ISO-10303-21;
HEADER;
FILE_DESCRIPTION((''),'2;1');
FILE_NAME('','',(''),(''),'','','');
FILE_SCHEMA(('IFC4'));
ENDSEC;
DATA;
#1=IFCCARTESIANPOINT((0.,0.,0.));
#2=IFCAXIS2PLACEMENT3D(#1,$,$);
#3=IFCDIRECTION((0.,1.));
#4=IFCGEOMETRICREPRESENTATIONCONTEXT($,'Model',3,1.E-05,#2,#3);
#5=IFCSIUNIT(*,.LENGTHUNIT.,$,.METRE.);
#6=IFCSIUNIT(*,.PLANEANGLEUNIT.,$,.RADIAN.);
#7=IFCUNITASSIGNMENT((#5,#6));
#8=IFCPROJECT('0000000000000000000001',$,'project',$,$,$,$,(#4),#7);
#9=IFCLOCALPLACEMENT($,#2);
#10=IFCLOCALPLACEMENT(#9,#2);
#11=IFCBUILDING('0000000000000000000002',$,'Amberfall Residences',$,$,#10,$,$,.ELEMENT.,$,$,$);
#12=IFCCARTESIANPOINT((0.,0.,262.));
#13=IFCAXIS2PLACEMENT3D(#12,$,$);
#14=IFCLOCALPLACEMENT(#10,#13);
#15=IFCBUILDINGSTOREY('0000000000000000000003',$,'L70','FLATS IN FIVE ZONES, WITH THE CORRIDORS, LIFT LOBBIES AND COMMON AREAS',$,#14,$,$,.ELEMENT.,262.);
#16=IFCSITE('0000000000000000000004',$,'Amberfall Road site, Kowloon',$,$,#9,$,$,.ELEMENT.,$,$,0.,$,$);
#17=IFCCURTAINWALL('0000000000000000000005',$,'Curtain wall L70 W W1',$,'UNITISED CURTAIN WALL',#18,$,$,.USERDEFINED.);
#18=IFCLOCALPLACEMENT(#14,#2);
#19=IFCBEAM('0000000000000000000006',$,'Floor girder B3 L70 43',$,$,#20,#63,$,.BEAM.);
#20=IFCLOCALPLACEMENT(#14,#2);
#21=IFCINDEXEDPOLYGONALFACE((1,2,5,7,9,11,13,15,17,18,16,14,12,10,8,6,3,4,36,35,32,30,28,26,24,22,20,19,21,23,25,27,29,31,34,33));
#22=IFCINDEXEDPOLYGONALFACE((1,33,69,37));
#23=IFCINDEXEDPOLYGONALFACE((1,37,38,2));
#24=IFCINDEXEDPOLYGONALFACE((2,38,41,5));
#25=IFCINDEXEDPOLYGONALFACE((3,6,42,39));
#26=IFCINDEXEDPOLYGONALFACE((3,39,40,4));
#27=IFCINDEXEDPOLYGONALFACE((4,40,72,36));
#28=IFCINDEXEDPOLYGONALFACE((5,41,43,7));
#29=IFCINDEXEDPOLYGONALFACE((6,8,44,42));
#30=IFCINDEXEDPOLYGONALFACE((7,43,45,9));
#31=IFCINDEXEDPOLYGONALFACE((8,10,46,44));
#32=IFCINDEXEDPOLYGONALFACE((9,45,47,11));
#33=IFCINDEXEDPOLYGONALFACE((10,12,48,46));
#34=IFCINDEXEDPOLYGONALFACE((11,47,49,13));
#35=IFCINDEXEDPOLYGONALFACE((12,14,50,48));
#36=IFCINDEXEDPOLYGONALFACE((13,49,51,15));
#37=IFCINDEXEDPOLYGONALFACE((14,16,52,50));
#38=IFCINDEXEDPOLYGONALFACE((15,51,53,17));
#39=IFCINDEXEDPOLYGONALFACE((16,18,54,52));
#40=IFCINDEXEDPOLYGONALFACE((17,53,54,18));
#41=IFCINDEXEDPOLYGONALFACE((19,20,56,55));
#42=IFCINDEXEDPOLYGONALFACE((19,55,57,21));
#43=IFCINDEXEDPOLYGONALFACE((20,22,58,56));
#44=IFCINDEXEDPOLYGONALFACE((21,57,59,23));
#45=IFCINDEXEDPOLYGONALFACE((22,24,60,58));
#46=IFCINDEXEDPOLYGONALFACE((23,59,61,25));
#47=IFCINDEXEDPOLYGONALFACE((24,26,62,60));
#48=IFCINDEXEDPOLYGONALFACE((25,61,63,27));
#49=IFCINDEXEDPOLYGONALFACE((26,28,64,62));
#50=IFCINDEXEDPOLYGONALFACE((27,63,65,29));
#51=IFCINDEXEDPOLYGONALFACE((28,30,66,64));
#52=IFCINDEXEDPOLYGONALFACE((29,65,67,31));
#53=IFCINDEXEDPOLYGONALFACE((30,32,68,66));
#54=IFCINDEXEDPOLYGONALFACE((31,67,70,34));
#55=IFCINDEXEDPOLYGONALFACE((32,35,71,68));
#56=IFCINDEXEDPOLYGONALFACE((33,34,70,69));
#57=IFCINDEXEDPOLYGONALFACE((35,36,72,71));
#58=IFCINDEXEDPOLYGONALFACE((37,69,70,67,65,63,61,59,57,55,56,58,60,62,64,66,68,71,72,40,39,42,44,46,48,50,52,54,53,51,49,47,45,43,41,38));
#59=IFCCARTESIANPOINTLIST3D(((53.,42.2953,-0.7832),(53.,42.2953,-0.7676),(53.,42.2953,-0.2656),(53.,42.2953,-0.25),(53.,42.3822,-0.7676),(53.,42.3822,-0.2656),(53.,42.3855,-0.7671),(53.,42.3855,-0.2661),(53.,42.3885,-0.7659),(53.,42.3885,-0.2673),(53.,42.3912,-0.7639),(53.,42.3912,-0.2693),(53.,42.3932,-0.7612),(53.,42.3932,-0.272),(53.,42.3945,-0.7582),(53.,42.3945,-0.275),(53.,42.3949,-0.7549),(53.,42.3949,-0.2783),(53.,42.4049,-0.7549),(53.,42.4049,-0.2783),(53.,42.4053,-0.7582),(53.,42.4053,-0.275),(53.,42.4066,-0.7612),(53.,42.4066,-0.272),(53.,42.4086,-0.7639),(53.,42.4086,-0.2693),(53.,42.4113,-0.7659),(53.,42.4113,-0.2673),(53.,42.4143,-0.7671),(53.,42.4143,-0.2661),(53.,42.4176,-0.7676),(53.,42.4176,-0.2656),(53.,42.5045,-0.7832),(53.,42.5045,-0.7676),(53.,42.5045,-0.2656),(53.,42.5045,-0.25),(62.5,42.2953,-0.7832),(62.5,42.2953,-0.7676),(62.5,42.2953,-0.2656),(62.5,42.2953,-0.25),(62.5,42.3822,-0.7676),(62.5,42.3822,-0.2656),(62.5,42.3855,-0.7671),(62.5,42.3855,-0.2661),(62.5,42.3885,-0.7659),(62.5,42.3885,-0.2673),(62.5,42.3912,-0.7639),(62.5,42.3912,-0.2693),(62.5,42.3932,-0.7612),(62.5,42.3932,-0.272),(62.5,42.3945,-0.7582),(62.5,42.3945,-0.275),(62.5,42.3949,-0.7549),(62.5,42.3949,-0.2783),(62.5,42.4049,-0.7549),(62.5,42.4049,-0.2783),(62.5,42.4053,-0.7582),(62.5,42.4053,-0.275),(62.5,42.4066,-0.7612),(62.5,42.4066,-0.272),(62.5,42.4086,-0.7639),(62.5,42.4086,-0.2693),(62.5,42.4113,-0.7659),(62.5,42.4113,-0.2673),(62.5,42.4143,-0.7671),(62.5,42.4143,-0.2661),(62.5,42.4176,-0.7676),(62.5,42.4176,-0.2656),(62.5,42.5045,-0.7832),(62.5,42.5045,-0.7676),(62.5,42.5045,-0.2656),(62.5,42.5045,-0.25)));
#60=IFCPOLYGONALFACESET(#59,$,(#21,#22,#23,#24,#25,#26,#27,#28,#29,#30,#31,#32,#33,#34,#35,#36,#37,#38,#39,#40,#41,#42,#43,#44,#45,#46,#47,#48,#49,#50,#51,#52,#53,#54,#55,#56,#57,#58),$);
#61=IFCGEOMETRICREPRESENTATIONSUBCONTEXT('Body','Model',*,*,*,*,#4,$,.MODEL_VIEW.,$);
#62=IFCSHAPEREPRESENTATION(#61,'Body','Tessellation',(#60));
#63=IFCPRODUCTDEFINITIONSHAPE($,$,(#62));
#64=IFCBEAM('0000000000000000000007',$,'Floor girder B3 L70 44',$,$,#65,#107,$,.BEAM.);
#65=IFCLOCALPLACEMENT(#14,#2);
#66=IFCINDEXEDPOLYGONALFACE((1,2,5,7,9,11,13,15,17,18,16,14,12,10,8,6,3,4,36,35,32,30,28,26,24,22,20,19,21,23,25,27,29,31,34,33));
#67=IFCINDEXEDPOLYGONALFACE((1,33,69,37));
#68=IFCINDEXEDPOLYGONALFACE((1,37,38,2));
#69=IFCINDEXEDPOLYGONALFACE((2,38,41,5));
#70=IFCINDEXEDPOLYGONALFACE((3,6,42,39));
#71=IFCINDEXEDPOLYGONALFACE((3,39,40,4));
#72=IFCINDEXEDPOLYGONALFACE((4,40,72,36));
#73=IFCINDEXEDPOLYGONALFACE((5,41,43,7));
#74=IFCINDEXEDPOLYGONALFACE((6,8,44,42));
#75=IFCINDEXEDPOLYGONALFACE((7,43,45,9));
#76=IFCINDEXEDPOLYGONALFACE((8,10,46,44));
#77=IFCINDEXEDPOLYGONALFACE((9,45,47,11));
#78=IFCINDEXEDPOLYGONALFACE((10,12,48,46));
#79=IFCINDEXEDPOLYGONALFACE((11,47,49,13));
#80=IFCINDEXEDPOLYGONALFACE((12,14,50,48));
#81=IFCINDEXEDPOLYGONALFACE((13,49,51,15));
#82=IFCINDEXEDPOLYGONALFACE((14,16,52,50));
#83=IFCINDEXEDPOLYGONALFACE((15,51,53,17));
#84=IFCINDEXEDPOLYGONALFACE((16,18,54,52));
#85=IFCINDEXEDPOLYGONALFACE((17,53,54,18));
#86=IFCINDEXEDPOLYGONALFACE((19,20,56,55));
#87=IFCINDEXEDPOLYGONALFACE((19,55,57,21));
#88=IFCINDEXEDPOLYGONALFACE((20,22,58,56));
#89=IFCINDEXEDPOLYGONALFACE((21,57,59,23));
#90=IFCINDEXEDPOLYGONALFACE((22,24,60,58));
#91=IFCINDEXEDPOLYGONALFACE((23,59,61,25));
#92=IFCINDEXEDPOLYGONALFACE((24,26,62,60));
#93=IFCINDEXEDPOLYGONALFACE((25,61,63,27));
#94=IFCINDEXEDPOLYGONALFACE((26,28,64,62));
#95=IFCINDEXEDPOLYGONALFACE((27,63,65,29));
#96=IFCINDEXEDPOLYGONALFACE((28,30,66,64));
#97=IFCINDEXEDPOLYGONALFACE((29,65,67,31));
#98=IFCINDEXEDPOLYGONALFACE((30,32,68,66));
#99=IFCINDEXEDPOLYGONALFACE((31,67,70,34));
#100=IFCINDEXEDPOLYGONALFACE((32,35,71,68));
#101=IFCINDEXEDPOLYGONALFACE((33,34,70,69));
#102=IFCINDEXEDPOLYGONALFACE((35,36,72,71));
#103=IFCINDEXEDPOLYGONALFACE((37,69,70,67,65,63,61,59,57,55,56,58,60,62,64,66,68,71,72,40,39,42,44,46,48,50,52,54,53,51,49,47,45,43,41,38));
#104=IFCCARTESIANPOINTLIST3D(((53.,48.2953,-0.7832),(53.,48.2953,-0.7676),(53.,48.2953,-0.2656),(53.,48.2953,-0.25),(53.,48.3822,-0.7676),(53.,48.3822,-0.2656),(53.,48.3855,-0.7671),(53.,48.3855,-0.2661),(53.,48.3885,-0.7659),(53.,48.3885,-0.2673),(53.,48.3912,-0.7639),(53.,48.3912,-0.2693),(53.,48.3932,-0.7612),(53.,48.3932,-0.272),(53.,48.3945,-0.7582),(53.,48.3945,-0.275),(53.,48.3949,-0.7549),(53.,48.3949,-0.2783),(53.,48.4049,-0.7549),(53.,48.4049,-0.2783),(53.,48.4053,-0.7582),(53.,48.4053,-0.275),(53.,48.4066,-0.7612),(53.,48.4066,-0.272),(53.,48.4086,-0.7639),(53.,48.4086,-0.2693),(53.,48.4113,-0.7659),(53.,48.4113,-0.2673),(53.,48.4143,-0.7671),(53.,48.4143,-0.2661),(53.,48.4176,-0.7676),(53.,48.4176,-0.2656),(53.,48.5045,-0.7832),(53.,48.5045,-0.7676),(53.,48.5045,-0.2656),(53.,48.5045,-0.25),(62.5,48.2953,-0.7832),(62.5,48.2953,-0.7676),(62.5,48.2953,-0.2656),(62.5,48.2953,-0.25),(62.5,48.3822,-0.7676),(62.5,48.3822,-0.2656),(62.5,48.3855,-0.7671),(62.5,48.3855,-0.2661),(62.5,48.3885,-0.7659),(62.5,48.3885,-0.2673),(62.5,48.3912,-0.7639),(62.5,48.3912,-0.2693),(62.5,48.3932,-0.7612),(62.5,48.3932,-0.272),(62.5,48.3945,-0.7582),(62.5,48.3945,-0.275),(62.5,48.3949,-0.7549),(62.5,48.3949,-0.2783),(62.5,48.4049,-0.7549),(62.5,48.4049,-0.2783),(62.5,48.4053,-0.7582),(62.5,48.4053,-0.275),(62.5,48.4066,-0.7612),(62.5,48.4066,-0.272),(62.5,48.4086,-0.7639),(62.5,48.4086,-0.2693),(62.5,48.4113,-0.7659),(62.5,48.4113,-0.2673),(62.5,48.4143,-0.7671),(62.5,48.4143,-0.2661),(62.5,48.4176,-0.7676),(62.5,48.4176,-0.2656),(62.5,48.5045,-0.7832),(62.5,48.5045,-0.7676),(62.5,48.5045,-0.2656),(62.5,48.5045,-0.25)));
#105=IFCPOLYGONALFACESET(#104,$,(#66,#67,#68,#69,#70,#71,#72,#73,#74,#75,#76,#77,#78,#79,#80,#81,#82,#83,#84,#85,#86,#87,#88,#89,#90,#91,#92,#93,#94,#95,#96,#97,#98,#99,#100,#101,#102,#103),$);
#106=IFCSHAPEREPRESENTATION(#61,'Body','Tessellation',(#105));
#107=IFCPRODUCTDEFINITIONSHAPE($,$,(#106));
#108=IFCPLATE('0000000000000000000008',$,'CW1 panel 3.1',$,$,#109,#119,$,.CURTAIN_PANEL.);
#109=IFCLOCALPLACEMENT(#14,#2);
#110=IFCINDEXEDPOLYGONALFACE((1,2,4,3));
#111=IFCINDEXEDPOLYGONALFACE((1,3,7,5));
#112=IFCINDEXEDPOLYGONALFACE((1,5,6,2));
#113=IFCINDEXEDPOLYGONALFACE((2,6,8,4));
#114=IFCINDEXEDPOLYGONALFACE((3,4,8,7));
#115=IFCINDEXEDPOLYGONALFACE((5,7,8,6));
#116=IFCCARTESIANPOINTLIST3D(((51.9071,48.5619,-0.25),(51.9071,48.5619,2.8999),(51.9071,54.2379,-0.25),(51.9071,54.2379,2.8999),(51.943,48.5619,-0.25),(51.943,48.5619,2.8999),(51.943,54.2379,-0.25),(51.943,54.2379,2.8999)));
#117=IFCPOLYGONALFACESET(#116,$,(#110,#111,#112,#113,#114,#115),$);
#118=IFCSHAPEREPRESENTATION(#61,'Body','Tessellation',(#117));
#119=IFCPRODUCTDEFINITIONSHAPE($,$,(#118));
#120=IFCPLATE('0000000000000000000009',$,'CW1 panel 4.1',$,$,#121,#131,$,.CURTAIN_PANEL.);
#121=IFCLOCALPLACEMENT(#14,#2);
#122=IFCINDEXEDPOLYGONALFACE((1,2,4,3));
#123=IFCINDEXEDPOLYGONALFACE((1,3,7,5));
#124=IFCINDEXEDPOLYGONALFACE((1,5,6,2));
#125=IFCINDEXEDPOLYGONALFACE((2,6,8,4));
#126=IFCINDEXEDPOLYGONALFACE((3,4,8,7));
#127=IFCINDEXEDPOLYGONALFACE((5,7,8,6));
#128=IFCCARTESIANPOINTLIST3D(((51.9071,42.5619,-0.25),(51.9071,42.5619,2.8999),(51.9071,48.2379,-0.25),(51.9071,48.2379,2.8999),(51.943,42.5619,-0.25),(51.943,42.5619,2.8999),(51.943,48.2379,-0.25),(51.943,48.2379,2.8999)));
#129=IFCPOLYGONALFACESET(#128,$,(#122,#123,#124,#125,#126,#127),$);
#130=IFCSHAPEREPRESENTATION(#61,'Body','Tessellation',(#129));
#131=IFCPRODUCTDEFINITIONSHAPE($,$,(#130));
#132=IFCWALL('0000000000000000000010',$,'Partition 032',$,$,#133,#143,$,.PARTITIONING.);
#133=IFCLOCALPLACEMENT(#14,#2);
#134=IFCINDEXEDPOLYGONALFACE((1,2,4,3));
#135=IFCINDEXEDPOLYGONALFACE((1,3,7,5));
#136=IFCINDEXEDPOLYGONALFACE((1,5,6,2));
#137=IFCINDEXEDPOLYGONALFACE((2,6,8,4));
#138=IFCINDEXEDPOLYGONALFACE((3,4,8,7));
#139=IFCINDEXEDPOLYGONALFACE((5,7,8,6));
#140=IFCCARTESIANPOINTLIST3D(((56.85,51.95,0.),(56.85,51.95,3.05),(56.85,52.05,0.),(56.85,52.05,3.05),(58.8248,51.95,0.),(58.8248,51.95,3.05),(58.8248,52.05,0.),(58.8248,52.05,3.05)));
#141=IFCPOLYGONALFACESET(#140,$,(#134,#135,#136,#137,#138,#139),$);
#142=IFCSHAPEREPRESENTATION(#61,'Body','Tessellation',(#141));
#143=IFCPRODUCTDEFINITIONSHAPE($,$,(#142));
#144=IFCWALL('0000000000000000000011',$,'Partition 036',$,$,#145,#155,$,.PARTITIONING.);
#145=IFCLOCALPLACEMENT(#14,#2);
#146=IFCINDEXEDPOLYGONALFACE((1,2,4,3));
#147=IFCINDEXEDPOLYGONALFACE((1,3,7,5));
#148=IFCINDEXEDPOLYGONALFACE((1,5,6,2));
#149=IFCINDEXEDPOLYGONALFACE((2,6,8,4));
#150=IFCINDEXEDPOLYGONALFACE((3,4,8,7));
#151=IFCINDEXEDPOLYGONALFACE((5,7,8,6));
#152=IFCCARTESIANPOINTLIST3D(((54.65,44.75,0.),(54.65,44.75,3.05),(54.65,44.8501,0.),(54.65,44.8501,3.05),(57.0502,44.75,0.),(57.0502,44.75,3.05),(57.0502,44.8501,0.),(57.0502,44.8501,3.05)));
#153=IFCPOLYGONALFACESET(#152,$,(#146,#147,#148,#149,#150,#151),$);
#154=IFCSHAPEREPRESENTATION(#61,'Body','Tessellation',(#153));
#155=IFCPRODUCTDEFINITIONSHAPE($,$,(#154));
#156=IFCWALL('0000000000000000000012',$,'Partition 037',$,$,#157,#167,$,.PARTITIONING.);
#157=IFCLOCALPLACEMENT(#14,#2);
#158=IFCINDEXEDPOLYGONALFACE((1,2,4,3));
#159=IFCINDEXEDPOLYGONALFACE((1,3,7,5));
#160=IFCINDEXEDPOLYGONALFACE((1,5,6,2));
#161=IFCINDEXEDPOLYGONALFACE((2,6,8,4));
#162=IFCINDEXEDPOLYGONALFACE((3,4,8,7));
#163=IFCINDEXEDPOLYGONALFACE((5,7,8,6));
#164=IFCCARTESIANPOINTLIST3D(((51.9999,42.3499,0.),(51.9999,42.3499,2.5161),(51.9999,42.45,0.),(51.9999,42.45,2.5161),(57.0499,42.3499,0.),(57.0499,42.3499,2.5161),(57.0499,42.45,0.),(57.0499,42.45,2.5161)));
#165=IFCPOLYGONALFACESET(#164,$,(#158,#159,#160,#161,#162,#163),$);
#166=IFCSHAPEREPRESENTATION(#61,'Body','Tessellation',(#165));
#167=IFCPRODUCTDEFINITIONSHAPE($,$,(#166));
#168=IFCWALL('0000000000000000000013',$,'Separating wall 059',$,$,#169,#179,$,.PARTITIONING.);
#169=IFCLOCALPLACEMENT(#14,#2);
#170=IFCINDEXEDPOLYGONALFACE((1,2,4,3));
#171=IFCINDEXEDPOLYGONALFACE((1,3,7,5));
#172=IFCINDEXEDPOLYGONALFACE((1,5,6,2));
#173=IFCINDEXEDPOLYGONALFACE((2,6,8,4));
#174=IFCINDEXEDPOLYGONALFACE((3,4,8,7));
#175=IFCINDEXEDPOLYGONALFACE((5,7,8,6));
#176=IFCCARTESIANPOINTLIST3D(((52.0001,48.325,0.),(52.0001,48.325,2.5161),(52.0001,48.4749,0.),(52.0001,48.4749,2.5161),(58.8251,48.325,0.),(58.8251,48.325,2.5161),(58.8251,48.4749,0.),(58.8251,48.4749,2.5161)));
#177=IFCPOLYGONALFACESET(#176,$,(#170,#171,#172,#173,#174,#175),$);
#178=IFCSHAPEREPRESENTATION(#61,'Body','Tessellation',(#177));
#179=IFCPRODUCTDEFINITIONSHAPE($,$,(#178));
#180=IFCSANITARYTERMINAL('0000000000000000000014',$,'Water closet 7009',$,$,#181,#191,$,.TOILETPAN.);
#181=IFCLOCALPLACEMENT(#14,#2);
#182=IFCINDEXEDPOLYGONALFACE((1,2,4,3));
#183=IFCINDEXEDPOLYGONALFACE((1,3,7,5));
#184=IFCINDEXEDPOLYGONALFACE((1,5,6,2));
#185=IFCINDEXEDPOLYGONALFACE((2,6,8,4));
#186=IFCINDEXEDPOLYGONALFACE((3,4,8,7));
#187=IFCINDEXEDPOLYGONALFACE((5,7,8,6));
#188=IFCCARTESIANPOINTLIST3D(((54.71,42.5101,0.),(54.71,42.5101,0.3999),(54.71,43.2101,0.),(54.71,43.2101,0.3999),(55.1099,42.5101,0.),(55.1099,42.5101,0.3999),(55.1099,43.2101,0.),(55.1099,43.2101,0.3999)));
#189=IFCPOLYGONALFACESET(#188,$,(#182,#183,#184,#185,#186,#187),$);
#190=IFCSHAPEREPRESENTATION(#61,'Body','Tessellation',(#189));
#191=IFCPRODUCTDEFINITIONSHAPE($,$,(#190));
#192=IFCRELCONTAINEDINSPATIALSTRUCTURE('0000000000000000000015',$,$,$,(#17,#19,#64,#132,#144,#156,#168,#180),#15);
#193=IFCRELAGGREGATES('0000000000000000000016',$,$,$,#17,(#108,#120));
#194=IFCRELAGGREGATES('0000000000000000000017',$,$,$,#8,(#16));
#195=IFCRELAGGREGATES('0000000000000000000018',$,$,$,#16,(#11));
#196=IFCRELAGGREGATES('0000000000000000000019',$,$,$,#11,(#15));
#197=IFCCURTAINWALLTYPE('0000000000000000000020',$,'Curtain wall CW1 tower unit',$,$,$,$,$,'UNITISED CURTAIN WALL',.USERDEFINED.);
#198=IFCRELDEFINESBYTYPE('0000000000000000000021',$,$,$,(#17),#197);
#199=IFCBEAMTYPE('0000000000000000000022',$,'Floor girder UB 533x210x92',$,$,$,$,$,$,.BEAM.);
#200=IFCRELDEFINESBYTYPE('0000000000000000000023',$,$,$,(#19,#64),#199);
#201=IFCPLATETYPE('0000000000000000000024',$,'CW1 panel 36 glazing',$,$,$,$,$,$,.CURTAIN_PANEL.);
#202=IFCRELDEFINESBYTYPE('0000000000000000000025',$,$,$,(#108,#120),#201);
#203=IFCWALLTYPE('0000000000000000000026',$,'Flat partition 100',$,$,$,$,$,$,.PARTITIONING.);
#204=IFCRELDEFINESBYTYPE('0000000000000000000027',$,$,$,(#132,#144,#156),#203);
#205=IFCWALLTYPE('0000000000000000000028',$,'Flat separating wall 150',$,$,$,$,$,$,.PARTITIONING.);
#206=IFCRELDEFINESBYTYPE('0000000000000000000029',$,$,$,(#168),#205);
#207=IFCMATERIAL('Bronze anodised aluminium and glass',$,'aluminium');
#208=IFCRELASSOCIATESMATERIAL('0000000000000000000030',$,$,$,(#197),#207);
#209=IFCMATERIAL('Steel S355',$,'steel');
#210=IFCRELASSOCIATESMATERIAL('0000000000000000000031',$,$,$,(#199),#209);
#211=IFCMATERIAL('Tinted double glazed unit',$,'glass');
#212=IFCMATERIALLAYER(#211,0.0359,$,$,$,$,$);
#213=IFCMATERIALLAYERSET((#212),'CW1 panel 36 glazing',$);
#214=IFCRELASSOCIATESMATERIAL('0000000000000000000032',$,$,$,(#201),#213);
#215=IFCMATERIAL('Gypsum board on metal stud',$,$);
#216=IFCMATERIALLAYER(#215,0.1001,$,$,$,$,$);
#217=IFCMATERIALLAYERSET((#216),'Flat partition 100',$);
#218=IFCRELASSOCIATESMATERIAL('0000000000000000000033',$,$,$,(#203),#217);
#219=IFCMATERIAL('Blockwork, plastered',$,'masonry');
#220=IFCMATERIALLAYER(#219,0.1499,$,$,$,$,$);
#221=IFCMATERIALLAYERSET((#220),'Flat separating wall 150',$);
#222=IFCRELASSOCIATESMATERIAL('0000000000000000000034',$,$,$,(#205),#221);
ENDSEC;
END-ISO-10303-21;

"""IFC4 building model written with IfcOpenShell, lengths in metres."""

from ifc_helpers import new_model, si_unit, direction, frame, frame_2d, origin, origin_2d, place, context, subcontext, project, spatial, rectangle, i_section, extrude, material, layer, layer_set, material_profile, profile_set, type_object, element, aggregate, save


model = new_model("IFC4")

# Units and contexts
model_context = context("Model", 3, precision=1e-05, world=origin(), true_north=direction((0.0, 1.0)))
body_context = subcontext(model_context, "Body", "Model", "MODEL_VIEW")
ifc_project = project(units=[si_unit("LENGTHUNIT", "METRE"), si_unit("PLANEANGLEUNIT", "RADIAN")], contexts=[model_context])

# Site, building, storey
site_placement = place(None, origin())
site = spatial("IfcSite", under=ifc_project, at=site_placement, Name="Amberfall Road site, Kowloon", CompositionType="ELEMENT", RefElevation=0.0)
building_placement = place(site_placement, origin())
building = spatial("IfcBuilding", under=site, at=building_placement, Name="Amberfall Residences", CompositionType="ELEMENT")
storey_placement = place(building_placement, frame((0.0, 0.0, 262.0)))
storey = spatial("IfcBuildingStorey", under=building, at=storey_placement, Name="L70", Description="FLATS IN FIVE ZONES, WITH THE CORRIDORS, LIFT LOBBIES AND COMMON AREAS", CompositionType="ELEMENT", Elevation=262.0)

# Curtain wall
ifc_material_1 = material(Name="Bronze anodised aluminium and glass", Category="aluminium")
curtain_wall_type = type_object("IfcCurtainWallType", Name="Curtain wall CW1 tower unit", ElementType="UNITISED CURTAIN WALL", PredefinedType="USERDEFINED", material=ifc_material_1)
curtain_wall_placement = place(storey_placement, origin())
curtain_wall = element("IfcCurtainWall", 1, at=curtain_wall_placement, inside=storey, type_object=curtain_wall_type, Name="Curtain wall L70 W W1", ObjectType="UNITISED CURTAIN WALL", PredefinedType="USERDEFINED")

# Shared definitions
ifc_material_2 = material(Name="Steel S355", Category="steel")

# Beams
ifc_material_profile_1 = material_profile(ifc_material_2, i_section(OverallWidth=0.2092, OverallDepth=0.5332, WebThickness=0.01, FlangeThickness=0.0156, FilletRadius=0.0127, at=origin_2d()), Name="UB 533x210x92")
ifc_profile_set_1 = profile_set([ifc_material_profile_1], Name="Steel S355")
beam_type_1 = type_object("IfcBeamType", Name="Floor girder UB 533x210x92", PredefinedType="BEAM", material=ifc_profile_set_1)
for number, where, z_axis, x_axis, name in (
    (2, (53.0, 42.3999, -0.5166), (1.0, 0.0, 0.0), (0.0, 1.0, 0.0), "Floor girder B3 L70 43"),
    (3, (53.0, 48.3999, -0.5166), (1.0, 0.0, 0.0), (0.0, 1.0, 0.0), "Floor girder B3 L70 44"),
):
    element("IfcBeam", number, at=place(storey_placement, frame(where, z_axis=z_axis, x_axis=x_axis)), inside=storey, type_object=beam_type_1, Name=name, PredefinedType="BEAM", context=body_context, shape_type="SweptSolid", body=[
        extrude(i_section(OverallWidth=0.2092, OverallDepth=0.5332, WebThickness=0.01, FlangeThickness=0.0156, FilletRadius=0.0127, at=origin_2d()), origin(), (0.0, 0.0, 1.0), 9.5),
    ])

# Plates
ifc_material_3 = material(Name="Tinted double glazed unit", Category="glass")
ifc_layer_1 = layer(ifc_material_3, 0.0359)
ifc_layer_set_1 = layer_set([ifc_layer_1], Name="CW1 panel 36 glazing")
plate_type = type_object("IfcPlateType", Name="CW1 panel 36 glazing", PredefinedType="CURTAIN_PANEL", material=ifc_layer_set_1)
plate_1_placement = place(storey_placement, frame((51.925, 51.3999, -0.25), z_axis=(0.0, 0.0, 1.0), x_axis=(0.0, -1.0, 0.0)))
plate_1 = element("IfcPlate", 4, at=plate_1_placement, type_object=plate_type, Name="CW1 panel 3.1", PredefinedType="CURTAIN_PANEL", context=body_context, shape_type="SweptSolid", body=[
    extrude(rectangle(XDim=5.676, YDim=0.0359, at=origin_2d()), origin(), (0.0, 0.0, 1.0), 3.1499),
])
plate_2_placement = place(storey_placement, frame((51.925, 45.3999, -0.25), z_axis=(0.0, 0.0, 1.0), x_axis=(0.0, -1.0, 0.0)))
plate_2 = element("IfcPlate", 5, at=plate_2_placement, type_object=plate_type, Name="CW1 panel 4.1", PredefinedType="CURTAIN_PANEL", context=body_context, shape_type="SweptSolid", body=[
    extrude(rectangle(XDim=5.676, YDim=0.0359, at=origin_2d()), origin(), (0.0, 0.0, 1.0), 3.1499),
])
aggregate(curtain_wall, [plate_1, plate_2])

# Walls
ifc_material_4 = material(Name="Gypsum board on metal stud")
ifc_layer_2 = layer(ifc_material_4, 0.1001)
ifc_layer_set_2 = layer_set([ifc_layer_2], Name="Flat partition 100")
wall_type_1 = type_object("IfcWallType", Name="Flat partition 100", PredefinedType="PARTITIONING", material=ifc_layer_set_2)
wall_1_placement = place(storey_placement, frame((56.8501, 52.0, 0.0), z_axis=(0.0, 0.0, 1.0), x_axis=(1.0, 0.0, 0.0)))
element("IfcWall", 6, at=wall_1_placement, inside=storey, type_object=wall_type_1, Name="Partition 032", PredefinedType="PARTITIONING", context=body_context, shape_type="SweptSolid", body=[
    extrude(rectangle(XDim=1.9749, YDim=0.1001, at=frame_2d((0.9873, 0.0))), origin(), (0.0, 0.0, 1.0), 3.05),
])
wall_2_placement = place(storey_placement, frame((54.6499, 44.8, 0.0), z_axis=(0.0, 0.0, 1.0), x_axis=(1.0, 0.0, 0.0)))
element("IfcWall", 7, at=wall_2_placement, inside=storey, type_object=wall_type_1, Name="Partition 036", PredefinedType="PARTITIONING", context=body_context, shape_type="SweptSolid", body=[
    extrude(rectangle(XDim=2.4001, YDim=0.1001, at=frame_2d((1.2002, 0.0))), origin(), (0.0, 0.0, 1.0), 3.05),
])
wall_3_placement = place(storey_placement, frame((52.0, 42.3999, 0.0), z_axis=(0.0, 0.0, 1.0), x_axis=(1.0, 0.0, 0.0)))
element("IfcWall", 8, at=wall_3_placement, inside=storey, type_object=wall_type_1, Name="Partition 037", PredefinedType="PARTITIONING", context=body_context, shape_type="SweptSolid", body=[
    extrude(rectangle(XDim=5.05, YDim=0.1001, at=frame_2d((2.5249, 0.0))), origin(), (0.0, 0.0, 1.0), 2.5161),
])
ifc_material_5 = material(Name="Blockwork, plastered", Category="masonry")
ifc_layer_3 = layer(ifc_material_5, 0.1499)
ifc_layer_set_3 = layer_set([ifc_layer_3], Name="Flat separating wall 150")
wall_type_2 = type_object("IfcWallType", Name="Flat separating wall 150", PredefinedType="PARTITIONING", material=ifc_layer_set_3)
wall_4_placement = place(storey_placement, frame((52.0, 48.3999, 0.0), z_axis=(0.0, 0.0, 1.0), x_axis=(1.0, 0.0, 0.0)))
element("IfcWall", 9, at=wall_4_placement, inside=storey, type_object=wall_type_2, Name="Separating wall 059", PredefinedType="PARTITIONING", context=body_context, shape_type="SweptSolid", body=[
    extrude(rectangle(XDim=6.825, YDim=0.1499, at=frame_2d((3.4126, 0.0))), origin(), (0.0, 0.0, 1.0), 2.5161),
])

# Sanitary terminal
sanitary_terminal_1_placement = place(storey_placement, frame((54.9099, 42.8601, 0.0), z_axis=(0.0, 0.0, 1.0), x_axis=(1.0, 0.0, 0.0)))
element("IfcSanitaryTerminal", 10, at=sanitary_terminal_1_placement, inside=storey, Name="Water closet 7009", PredefinedType="TOILETPAN", context=body_context, shape_type="SweptSolid", body=[
    extrude(rectangle(XDim=0.3999, YDim=0.7, at=origin_2d()), origin(), (0.0, 0.0, 1.0), 0.3999),
])

save(model, "model.ifc")
